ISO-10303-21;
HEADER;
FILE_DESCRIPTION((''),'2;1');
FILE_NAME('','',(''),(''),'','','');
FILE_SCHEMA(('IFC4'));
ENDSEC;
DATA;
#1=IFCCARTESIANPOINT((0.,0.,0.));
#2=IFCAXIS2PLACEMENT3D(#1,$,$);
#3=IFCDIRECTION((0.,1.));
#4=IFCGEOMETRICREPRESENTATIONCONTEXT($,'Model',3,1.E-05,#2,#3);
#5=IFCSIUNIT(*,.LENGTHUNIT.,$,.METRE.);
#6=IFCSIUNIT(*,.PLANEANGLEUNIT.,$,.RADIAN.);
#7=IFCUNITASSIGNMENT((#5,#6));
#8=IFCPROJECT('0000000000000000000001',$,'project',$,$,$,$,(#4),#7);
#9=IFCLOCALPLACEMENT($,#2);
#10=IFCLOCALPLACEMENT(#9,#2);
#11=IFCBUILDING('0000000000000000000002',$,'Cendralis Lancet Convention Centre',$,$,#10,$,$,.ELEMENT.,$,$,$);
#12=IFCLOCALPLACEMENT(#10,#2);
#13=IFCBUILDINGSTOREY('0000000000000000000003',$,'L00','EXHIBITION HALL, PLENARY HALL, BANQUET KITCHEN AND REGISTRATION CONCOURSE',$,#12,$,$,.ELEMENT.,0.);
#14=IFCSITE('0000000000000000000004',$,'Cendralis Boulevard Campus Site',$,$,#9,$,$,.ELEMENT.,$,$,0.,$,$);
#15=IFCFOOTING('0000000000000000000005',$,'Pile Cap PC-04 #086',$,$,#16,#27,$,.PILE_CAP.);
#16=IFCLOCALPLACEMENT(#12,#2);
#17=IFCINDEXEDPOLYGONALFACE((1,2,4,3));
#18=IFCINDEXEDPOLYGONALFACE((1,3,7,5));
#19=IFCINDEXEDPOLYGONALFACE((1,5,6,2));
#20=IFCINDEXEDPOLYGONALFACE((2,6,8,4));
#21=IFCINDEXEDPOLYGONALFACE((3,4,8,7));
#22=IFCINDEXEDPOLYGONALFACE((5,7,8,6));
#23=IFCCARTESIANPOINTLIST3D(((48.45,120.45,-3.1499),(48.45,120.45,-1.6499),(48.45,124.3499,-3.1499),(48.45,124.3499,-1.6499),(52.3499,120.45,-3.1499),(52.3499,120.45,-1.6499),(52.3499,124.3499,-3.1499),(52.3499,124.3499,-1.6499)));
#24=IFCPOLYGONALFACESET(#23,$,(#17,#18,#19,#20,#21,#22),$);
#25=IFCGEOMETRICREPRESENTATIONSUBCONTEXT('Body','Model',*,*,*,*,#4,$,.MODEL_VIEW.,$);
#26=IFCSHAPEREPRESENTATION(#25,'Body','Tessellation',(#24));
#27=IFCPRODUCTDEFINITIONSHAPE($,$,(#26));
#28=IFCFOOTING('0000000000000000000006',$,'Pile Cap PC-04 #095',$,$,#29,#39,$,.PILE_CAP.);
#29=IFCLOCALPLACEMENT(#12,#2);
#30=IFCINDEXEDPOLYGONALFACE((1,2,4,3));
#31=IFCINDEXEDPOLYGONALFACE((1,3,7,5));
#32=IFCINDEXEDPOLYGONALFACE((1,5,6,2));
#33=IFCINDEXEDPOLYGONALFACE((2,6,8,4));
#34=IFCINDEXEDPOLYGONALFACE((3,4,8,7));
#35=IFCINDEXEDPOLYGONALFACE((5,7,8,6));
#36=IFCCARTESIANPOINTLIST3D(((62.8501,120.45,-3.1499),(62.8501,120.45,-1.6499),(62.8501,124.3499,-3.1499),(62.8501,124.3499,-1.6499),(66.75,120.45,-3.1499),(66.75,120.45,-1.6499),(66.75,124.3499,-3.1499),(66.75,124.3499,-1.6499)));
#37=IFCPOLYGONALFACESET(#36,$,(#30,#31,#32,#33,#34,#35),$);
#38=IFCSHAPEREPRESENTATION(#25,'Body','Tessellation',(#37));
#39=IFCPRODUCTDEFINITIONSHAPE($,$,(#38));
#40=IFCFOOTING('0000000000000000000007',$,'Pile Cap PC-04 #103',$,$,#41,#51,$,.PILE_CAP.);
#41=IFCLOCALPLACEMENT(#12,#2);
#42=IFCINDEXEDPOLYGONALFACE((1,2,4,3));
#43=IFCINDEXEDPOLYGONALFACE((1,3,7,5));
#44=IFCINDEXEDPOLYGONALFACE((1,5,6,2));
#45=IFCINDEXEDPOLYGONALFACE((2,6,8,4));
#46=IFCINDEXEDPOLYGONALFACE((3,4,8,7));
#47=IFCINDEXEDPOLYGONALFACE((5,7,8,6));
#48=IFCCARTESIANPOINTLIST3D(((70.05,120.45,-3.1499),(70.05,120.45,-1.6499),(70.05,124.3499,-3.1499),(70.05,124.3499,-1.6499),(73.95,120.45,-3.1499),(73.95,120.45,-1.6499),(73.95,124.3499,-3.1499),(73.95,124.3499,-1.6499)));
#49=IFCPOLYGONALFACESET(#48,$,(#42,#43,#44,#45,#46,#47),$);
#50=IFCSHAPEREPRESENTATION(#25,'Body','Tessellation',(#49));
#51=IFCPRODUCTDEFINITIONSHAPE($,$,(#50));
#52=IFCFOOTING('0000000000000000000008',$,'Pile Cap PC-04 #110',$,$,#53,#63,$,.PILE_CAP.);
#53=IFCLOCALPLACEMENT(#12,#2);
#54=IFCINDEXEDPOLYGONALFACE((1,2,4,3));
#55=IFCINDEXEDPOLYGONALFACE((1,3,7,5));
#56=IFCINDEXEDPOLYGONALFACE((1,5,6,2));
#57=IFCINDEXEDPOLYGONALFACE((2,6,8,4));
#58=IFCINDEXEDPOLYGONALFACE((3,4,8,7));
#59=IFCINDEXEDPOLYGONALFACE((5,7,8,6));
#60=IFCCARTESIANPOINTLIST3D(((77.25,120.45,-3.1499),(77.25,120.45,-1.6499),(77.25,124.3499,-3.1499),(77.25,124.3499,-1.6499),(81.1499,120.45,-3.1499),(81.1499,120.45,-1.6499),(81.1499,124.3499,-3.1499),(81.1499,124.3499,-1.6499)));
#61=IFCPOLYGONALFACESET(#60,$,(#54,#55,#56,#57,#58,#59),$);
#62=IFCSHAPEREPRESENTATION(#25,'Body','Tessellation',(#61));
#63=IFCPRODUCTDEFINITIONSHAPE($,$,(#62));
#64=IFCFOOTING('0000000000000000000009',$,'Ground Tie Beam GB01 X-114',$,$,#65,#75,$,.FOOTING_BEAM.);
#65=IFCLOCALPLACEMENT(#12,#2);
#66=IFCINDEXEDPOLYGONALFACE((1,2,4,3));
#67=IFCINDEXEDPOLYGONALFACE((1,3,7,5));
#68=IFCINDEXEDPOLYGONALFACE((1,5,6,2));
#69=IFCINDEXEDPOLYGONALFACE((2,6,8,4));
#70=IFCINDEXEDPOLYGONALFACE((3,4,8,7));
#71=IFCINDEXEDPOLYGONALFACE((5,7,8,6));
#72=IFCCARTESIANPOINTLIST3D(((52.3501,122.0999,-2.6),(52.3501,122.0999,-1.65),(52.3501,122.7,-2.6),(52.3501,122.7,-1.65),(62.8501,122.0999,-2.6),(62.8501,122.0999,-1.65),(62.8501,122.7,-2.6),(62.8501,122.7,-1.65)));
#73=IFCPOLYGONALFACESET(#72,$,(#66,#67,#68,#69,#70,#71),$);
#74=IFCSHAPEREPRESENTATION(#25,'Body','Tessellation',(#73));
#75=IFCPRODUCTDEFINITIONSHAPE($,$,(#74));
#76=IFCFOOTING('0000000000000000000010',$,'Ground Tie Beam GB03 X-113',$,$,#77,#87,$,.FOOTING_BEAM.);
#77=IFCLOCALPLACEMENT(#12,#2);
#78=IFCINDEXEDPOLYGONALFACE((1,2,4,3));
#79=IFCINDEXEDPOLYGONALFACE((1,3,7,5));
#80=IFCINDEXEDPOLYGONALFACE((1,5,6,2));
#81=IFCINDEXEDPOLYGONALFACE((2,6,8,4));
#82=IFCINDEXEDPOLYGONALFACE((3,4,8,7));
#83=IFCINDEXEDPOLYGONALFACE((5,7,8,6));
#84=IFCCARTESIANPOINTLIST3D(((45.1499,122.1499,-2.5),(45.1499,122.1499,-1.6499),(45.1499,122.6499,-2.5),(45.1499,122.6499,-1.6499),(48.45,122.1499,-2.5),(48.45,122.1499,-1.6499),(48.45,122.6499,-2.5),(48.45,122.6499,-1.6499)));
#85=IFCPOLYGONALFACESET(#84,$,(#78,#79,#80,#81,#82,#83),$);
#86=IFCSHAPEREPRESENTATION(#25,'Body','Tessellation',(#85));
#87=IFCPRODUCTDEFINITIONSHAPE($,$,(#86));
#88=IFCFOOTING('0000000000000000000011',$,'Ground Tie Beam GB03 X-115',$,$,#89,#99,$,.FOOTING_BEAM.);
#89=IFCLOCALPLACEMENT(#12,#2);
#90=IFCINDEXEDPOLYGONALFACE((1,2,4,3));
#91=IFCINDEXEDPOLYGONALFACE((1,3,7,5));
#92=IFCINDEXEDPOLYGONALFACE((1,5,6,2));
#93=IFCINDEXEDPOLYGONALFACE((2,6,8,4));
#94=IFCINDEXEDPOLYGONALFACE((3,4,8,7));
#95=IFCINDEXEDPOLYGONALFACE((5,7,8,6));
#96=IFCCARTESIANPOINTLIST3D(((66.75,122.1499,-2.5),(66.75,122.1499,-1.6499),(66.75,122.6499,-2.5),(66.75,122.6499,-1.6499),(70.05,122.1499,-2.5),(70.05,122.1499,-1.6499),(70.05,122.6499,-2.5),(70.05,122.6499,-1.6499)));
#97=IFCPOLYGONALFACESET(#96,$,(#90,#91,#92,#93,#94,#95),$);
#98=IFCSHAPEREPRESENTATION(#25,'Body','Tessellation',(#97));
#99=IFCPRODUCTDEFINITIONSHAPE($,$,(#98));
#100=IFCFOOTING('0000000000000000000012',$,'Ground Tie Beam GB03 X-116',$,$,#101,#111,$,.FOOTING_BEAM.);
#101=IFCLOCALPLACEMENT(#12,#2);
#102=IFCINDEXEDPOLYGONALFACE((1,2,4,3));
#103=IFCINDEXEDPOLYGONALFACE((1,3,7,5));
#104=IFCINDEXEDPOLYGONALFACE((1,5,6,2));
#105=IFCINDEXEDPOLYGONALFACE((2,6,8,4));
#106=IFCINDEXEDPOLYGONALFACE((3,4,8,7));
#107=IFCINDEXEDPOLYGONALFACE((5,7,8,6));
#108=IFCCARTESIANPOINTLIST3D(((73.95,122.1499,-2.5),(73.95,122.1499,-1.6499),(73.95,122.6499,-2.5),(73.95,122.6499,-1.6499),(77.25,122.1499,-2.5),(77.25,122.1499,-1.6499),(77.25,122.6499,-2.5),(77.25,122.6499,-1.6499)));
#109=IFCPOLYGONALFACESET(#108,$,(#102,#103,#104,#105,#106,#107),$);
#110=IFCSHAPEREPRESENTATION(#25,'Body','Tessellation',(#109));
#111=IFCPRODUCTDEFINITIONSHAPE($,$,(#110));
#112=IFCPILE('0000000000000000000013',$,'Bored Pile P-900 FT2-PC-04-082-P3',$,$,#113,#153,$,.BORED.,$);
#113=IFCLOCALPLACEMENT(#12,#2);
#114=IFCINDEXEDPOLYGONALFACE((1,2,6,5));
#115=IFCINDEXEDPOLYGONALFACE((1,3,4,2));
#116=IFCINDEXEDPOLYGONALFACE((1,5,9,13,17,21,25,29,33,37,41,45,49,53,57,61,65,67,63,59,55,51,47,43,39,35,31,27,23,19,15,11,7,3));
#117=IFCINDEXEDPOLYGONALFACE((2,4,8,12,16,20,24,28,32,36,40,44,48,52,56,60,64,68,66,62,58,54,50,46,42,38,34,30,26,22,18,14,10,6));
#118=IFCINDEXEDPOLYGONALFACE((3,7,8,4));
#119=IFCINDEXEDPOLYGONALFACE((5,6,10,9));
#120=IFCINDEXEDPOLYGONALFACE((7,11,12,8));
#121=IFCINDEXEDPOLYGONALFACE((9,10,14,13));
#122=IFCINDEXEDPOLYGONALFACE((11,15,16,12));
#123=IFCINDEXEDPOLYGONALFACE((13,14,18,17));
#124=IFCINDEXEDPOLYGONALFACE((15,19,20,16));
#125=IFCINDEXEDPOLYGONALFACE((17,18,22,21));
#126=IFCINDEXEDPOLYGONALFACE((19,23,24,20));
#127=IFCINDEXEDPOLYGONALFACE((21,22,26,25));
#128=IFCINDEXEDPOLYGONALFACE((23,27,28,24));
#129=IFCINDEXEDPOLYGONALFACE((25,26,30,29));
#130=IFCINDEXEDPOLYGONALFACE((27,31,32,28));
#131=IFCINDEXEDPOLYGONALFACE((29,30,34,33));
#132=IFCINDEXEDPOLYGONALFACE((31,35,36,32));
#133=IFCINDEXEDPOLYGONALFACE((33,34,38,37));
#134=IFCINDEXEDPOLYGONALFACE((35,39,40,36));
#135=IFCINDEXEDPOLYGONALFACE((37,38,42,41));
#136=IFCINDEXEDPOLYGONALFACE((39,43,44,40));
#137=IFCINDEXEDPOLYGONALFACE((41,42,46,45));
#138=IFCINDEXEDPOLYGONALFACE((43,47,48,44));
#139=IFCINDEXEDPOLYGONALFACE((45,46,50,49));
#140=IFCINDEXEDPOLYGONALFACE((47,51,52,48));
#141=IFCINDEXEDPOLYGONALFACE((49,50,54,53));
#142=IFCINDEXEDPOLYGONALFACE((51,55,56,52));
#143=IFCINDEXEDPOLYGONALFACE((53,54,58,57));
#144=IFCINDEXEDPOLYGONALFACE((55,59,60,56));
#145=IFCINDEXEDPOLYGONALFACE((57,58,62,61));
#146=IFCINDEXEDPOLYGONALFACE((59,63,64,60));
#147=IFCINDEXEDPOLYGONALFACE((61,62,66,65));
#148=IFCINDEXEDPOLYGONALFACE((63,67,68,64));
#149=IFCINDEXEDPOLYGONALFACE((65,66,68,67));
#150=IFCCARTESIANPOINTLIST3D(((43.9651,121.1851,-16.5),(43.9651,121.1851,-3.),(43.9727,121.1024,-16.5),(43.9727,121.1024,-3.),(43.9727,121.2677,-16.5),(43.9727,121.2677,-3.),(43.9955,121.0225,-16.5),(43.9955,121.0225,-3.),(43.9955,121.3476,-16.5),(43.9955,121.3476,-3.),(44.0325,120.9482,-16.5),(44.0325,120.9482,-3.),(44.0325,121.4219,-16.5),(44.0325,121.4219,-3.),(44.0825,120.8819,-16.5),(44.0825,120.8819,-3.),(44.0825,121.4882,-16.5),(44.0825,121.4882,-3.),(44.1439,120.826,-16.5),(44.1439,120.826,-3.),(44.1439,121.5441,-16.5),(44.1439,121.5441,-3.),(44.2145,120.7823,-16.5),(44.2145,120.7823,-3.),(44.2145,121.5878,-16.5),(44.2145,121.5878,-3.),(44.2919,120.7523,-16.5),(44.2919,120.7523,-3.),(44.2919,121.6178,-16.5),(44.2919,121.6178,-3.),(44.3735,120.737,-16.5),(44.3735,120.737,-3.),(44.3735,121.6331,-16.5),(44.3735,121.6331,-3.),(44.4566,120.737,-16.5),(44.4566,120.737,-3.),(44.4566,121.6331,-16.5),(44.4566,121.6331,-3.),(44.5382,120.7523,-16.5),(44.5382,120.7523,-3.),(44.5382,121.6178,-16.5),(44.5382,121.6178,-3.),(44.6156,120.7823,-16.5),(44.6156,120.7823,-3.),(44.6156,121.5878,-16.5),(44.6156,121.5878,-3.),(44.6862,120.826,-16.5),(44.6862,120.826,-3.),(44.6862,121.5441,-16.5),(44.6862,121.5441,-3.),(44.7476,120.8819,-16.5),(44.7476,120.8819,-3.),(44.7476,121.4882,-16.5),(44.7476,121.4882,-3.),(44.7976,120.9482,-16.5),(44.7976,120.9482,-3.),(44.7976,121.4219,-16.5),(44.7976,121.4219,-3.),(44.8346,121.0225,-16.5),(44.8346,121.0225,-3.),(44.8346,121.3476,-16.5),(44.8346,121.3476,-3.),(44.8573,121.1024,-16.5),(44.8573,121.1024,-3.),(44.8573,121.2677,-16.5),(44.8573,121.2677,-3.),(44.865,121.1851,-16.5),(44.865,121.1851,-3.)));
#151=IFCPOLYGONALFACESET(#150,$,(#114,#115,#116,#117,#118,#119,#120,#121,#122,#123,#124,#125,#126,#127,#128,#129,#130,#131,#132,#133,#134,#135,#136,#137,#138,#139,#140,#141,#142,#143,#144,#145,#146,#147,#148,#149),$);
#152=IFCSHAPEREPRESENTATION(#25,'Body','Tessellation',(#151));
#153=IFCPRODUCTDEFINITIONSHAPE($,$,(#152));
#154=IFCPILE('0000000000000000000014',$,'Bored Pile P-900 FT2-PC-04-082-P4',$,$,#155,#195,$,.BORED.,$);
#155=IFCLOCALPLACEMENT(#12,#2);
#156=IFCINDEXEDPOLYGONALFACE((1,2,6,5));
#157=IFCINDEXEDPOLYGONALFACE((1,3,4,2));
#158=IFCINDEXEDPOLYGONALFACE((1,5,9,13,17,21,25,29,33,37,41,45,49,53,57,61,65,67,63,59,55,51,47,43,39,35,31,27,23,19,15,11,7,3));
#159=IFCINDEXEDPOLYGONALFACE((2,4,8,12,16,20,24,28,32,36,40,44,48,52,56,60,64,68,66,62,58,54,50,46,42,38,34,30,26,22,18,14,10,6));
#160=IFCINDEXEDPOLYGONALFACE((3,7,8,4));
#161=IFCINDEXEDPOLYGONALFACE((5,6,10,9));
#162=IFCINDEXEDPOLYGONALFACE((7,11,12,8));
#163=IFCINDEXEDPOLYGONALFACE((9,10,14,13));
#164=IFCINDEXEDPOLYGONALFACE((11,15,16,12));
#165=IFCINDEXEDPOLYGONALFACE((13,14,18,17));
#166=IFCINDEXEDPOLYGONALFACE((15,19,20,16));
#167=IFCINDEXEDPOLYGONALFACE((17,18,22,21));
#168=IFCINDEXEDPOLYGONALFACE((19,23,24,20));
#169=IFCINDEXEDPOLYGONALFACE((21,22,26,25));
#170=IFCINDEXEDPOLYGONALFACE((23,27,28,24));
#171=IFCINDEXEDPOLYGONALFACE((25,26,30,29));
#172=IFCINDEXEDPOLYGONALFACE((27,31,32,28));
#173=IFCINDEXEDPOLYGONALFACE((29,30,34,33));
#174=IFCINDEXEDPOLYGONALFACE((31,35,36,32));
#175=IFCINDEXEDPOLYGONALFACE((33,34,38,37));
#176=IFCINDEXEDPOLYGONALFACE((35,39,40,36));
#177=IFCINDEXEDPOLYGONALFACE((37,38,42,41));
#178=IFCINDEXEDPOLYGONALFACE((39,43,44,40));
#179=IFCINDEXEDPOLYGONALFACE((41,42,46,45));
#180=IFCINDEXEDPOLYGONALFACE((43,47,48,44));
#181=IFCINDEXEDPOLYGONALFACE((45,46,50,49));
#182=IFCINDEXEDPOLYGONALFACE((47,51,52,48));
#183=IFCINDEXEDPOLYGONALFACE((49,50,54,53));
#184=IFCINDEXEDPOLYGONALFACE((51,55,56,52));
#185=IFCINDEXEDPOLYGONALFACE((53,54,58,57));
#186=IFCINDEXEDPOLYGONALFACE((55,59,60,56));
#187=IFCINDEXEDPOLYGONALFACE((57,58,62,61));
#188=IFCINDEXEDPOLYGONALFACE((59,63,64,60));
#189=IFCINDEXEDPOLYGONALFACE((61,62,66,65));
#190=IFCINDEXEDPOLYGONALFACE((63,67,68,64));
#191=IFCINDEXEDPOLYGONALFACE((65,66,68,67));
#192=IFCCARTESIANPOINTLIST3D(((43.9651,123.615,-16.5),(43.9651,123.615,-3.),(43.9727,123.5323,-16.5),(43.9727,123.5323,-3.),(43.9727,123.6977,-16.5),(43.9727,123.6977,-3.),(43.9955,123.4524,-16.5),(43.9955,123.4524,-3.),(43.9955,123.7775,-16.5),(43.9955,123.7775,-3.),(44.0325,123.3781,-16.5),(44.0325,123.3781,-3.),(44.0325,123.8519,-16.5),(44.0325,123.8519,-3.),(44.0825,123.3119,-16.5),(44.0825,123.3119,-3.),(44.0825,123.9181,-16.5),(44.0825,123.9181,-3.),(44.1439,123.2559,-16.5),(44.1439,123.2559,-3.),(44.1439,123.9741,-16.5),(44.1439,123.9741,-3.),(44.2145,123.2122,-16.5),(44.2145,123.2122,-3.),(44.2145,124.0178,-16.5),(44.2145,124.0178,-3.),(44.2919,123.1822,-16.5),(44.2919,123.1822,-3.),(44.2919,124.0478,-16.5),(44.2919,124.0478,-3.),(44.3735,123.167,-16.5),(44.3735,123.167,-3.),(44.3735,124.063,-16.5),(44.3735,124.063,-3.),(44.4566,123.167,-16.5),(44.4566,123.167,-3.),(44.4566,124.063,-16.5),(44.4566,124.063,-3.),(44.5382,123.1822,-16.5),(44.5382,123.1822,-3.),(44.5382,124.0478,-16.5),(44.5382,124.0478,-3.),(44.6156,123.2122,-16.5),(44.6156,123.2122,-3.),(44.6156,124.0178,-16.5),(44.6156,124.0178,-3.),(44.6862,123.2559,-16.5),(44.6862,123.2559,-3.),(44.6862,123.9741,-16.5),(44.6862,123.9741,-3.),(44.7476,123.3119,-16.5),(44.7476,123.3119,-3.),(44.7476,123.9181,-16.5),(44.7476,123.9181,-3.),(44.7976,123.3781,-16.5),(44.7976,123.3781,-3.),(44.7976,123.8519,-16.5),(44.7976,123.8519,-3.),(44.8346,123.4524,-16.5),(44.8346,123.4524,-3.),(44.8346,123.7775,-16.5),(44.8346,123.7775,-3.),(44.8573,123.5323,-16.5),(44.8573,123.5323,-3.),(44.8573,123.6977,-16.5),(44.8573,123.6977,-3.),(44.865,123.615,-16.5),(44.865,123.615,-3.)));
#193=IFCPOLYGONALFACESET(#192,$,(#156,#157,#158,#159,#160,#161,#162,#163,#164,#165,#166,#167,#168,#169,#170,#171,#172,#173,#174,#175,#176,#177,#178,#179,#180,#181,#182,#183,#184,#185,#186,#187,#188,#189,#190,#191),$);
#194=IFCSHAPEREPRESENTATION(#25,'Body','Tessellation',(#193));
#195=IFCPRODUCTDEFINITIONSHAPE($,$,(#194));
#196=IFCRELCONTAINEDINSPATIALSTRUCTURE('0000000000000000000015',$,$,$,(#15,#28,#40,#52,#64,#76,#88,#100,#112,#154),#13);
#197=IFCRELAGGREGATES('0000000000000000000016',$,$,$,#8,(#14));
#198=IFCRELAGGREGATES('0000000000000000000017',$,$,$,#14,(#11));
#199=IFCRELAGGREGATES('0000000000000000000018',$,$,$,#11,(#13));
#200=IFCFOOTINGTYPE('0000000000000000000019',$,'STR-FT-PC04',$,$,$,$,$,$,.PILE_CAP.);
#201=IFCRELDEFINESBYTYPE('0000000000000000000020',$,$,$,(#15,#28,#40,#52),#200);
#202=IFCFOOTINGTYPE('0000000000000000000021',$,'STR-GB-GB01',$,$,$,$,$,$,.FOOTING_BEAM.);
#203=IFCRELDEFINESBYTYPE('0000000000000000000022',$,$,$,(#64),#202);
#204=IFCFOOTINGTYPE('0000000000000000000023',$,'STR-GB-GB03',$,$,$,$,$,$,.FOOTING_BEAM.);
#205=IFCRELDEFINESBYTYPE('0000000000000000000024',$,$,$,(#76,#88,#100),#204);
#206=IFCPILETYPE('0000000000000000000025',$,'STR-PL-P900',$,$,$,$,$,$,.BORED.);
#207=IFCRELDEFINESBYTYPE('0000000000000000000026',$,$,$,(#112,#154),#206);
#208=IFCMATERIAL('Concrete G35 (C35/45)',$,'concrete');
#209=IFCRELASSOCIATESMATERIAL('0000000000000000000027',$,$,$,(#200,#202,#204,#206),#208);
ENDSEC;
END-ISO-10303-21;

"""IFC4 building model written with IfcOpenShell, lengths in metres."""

from ifc_helpers import new_model, si_unit, direction, frame, origin, origin_2d, place, context, subcontext, project, spatial, rectangle, circle, extrude, material, material_profile, profile_set, type_object, element, save


model = new_model("IFC4")

# Units and contexts
model_context = context("Model", 3, precision=1e-05, world=origin(), true_north=direction((0.0, 1.0)))
body_context = subcontext(model_context, "Body", "Model", "MODEL_VIEW")
ifc_project = project(units=[si_unit("LENGTHUNIT", "METRE"), si_unit("PLANEANGLEUNIT", "RADIAN")], contexts=[model_context])

# Site, building, storey
site_placement = place(None, origin())
site = spatial("IfcSite", under=ifc_project, at=site_placement, Name="Cendralis Boulevard Campus Site", CompositionType="ELEMENT", RefElevation=0.0)
building_placement = place(site_placement, origin())
building = spatial("IfcBuilding", under=site, at=building_placement, Name="Cendralis Lancet Convention Centre", CompositionType="ELEMENT")
storey_placement = place(building_placement, origin())
storey = spatial("IfcBuildingStorey", under=building, at=storey_placement, Name="L00", Description="EXHIBITION HALL, PLENARY HALL, BANQUET KITCHEN AND REGISTRATION CONCOURSE", CompositionType="ELEMENT", Elevation=0.0)

# Footings
ifc_material_1 = material(Name="Concrete G35 (C35/45)", Category="concrete")
footing_type_1 = type_object("IfcFootingType", Name="STR-FT-PC04", PredefinedType="PILE_CAP", material=ifc_material_1)
for number, where, z_axis, x_axis, name in (
    (1, (50.3999, 122.3999, -3.1499), (0.0, 0.0, 1.0), (1.0, 0.0, 0.0), "Pile Cap PC-04 #086"),
    (2, (64.8, 122.3999, -3.1499), (0.0, 0.0, 1.0), (1.0, 0.0, 0.0), "Pile Cap PC-04 #095"),
    (3, (72.0, 122.3999, -3.1499), (0.0, 0.0, 1.0), (1.0, 0.0, 0.0), "Pile Cap PC-04 #103"),
    (4, (79.2, 122.3999, -3.1499), (0.0, 0.0, 1.0), (1.0, 0.0, 0.0), "Pile Cap PC-04 #110"),
):
    element("IfcFooting", number, at=place(storey_placement, frame(where, z_axis=z_axis, x_axis=x_axis)), inside=storey, type_object=footing_type_1, Name=name, PredefinedType="PILE_CAP", context=body_context, shape_type="SweptSolid", body=[
        extrude(rectangle(XDim=3.8999, YDim=3.8999, at=origin_2d()), origin(), (0.0, 0.0, 1.0), 1.5),
    ])
ifc_material_profile_1 = material_profile(ifc_material_1, rectangle(XDim=0.6001, YDim=0.95, at=origin_2d()), Name="RCB 600x950")
ifc_profile_set_1 = profile_set([ifc_material_profile_1], Name="Concrete G35 (C35/45)")
footing_type_2 = type_object("IfcFootingType", Name="STR-GB-GB01", PredefinedType="FOOTING_BEAM", material=ifc_profile_set_1)
footing_placement = place(storey_placement, frame((52.3501, 122.3999, -2.125), z_axis=(1.0, 0.0, 0.0), x_axis=(0.0, 1.0, 0.0)))
element("IfcFooting", 5, at=footing_placement, inside=storey, type_object=footing_type_2, Name="Ground Tie Beam GB01 X-114", PredefinedType="FOOTING_BEAM", context=body_context, shape_type="SweptSolid", body=[
    extrude(rectangle(XDim=0.6001, YDim=0.95, at=origin_2d()), origin(), (0.0, 0.0, 1.0), 10.5),
])
ifc_material_profile_2 = material_profile(ifc_material_1, rectangle(XDim=0.5, YDim=0.8501, at=origin_2d()), Name="RCB 500x850")
ifc_profile_set_2 = profile_set([ifc_material_profile_2], Name="Concrete G35 (C35/45)")
footing_type_3 = type_object("IfcFootingType", Name="STR-GB-GB03", PredefinedType="FOOTING_BEAM", material=ifc_profile_set_2)
for number, where, z_axis, x_axis, name in (
    (6, (45.1499, 122.3999, -2.075), (1.0, 0.0, 0.0), (0.0, 1.0, 0.0), "Ground Tie Beam GB03 X-113"),
    (7, (66.75, 122.3999, -2.075), (1.0, 0.0, 0.0), (0.0, 1.0, 0.0), "Ground Tie Beam GB03 X-115"),
    (8, (73.95, 122.3999, -2.075), (1.0, 0.0, 0.0), (0.0, 1.0, 0.0), "Ground Tie Beam GB03 X-116"),
):
    element("IfcFooting", number, at=place(storey_placement, frame(where, z_axis=z_axis, x_axis=x_axis)), inside=storey, type_object=footing_type_3, Name=name, PredefinedType="FOOTING_BEAM", context=body_context, shape_type="SweptSolid", body=[
        extrude(rectangle(XDim=0.5, YDim=0.8501, at=origin_2d()), origin(), (0.0, 0.0, 1.0), 3.3),
    ])

# Piles
ifc_material_profile_3 = material_profile(ifc_material_1, circle(Radius=0.45, at=origin_2d()), Name="BORED PILE D900")
ifc_profile_set_3 = profile_set([ifc_material_profile_3], Name="Concrete G35 (C35/45)")
pile_type = type_object("IfcPileType", Name="STR-PL-P900", PredefinedType="BORED", material=ifc_profile_set_3)
for number, where, z_axis, x_axis, name in (
    (9, (44.415, 121.1851, -3.0), (0.0, 0.0, -1.0), (1.0, 0.0, 0.0), "Bored Pile P-900 FT2-PC-04-082-P3"),
    (10, (44.415, 123.615, -3.0), (0.0, 0.0, -1.0), (1.0, 0.0, 0.0), "Bored Pile P-900 FT2-PC-04-082-P4"),
):
    element("IfcPile", number, at=place(storey_placement, frame(where, z_axis=z_axis, x_axis=x_axis)), inside=storey, type_object=pile_type, Name=name, PredefinedType="BORED", context=body_context, shape_type="SweptSolid", body=[
        extrude(circle(Radius=0.45, at=origin_2d()), origin(), (0.0, 0.0, 1.0), 13.5),
    ])

save(model, "model.ifc")
